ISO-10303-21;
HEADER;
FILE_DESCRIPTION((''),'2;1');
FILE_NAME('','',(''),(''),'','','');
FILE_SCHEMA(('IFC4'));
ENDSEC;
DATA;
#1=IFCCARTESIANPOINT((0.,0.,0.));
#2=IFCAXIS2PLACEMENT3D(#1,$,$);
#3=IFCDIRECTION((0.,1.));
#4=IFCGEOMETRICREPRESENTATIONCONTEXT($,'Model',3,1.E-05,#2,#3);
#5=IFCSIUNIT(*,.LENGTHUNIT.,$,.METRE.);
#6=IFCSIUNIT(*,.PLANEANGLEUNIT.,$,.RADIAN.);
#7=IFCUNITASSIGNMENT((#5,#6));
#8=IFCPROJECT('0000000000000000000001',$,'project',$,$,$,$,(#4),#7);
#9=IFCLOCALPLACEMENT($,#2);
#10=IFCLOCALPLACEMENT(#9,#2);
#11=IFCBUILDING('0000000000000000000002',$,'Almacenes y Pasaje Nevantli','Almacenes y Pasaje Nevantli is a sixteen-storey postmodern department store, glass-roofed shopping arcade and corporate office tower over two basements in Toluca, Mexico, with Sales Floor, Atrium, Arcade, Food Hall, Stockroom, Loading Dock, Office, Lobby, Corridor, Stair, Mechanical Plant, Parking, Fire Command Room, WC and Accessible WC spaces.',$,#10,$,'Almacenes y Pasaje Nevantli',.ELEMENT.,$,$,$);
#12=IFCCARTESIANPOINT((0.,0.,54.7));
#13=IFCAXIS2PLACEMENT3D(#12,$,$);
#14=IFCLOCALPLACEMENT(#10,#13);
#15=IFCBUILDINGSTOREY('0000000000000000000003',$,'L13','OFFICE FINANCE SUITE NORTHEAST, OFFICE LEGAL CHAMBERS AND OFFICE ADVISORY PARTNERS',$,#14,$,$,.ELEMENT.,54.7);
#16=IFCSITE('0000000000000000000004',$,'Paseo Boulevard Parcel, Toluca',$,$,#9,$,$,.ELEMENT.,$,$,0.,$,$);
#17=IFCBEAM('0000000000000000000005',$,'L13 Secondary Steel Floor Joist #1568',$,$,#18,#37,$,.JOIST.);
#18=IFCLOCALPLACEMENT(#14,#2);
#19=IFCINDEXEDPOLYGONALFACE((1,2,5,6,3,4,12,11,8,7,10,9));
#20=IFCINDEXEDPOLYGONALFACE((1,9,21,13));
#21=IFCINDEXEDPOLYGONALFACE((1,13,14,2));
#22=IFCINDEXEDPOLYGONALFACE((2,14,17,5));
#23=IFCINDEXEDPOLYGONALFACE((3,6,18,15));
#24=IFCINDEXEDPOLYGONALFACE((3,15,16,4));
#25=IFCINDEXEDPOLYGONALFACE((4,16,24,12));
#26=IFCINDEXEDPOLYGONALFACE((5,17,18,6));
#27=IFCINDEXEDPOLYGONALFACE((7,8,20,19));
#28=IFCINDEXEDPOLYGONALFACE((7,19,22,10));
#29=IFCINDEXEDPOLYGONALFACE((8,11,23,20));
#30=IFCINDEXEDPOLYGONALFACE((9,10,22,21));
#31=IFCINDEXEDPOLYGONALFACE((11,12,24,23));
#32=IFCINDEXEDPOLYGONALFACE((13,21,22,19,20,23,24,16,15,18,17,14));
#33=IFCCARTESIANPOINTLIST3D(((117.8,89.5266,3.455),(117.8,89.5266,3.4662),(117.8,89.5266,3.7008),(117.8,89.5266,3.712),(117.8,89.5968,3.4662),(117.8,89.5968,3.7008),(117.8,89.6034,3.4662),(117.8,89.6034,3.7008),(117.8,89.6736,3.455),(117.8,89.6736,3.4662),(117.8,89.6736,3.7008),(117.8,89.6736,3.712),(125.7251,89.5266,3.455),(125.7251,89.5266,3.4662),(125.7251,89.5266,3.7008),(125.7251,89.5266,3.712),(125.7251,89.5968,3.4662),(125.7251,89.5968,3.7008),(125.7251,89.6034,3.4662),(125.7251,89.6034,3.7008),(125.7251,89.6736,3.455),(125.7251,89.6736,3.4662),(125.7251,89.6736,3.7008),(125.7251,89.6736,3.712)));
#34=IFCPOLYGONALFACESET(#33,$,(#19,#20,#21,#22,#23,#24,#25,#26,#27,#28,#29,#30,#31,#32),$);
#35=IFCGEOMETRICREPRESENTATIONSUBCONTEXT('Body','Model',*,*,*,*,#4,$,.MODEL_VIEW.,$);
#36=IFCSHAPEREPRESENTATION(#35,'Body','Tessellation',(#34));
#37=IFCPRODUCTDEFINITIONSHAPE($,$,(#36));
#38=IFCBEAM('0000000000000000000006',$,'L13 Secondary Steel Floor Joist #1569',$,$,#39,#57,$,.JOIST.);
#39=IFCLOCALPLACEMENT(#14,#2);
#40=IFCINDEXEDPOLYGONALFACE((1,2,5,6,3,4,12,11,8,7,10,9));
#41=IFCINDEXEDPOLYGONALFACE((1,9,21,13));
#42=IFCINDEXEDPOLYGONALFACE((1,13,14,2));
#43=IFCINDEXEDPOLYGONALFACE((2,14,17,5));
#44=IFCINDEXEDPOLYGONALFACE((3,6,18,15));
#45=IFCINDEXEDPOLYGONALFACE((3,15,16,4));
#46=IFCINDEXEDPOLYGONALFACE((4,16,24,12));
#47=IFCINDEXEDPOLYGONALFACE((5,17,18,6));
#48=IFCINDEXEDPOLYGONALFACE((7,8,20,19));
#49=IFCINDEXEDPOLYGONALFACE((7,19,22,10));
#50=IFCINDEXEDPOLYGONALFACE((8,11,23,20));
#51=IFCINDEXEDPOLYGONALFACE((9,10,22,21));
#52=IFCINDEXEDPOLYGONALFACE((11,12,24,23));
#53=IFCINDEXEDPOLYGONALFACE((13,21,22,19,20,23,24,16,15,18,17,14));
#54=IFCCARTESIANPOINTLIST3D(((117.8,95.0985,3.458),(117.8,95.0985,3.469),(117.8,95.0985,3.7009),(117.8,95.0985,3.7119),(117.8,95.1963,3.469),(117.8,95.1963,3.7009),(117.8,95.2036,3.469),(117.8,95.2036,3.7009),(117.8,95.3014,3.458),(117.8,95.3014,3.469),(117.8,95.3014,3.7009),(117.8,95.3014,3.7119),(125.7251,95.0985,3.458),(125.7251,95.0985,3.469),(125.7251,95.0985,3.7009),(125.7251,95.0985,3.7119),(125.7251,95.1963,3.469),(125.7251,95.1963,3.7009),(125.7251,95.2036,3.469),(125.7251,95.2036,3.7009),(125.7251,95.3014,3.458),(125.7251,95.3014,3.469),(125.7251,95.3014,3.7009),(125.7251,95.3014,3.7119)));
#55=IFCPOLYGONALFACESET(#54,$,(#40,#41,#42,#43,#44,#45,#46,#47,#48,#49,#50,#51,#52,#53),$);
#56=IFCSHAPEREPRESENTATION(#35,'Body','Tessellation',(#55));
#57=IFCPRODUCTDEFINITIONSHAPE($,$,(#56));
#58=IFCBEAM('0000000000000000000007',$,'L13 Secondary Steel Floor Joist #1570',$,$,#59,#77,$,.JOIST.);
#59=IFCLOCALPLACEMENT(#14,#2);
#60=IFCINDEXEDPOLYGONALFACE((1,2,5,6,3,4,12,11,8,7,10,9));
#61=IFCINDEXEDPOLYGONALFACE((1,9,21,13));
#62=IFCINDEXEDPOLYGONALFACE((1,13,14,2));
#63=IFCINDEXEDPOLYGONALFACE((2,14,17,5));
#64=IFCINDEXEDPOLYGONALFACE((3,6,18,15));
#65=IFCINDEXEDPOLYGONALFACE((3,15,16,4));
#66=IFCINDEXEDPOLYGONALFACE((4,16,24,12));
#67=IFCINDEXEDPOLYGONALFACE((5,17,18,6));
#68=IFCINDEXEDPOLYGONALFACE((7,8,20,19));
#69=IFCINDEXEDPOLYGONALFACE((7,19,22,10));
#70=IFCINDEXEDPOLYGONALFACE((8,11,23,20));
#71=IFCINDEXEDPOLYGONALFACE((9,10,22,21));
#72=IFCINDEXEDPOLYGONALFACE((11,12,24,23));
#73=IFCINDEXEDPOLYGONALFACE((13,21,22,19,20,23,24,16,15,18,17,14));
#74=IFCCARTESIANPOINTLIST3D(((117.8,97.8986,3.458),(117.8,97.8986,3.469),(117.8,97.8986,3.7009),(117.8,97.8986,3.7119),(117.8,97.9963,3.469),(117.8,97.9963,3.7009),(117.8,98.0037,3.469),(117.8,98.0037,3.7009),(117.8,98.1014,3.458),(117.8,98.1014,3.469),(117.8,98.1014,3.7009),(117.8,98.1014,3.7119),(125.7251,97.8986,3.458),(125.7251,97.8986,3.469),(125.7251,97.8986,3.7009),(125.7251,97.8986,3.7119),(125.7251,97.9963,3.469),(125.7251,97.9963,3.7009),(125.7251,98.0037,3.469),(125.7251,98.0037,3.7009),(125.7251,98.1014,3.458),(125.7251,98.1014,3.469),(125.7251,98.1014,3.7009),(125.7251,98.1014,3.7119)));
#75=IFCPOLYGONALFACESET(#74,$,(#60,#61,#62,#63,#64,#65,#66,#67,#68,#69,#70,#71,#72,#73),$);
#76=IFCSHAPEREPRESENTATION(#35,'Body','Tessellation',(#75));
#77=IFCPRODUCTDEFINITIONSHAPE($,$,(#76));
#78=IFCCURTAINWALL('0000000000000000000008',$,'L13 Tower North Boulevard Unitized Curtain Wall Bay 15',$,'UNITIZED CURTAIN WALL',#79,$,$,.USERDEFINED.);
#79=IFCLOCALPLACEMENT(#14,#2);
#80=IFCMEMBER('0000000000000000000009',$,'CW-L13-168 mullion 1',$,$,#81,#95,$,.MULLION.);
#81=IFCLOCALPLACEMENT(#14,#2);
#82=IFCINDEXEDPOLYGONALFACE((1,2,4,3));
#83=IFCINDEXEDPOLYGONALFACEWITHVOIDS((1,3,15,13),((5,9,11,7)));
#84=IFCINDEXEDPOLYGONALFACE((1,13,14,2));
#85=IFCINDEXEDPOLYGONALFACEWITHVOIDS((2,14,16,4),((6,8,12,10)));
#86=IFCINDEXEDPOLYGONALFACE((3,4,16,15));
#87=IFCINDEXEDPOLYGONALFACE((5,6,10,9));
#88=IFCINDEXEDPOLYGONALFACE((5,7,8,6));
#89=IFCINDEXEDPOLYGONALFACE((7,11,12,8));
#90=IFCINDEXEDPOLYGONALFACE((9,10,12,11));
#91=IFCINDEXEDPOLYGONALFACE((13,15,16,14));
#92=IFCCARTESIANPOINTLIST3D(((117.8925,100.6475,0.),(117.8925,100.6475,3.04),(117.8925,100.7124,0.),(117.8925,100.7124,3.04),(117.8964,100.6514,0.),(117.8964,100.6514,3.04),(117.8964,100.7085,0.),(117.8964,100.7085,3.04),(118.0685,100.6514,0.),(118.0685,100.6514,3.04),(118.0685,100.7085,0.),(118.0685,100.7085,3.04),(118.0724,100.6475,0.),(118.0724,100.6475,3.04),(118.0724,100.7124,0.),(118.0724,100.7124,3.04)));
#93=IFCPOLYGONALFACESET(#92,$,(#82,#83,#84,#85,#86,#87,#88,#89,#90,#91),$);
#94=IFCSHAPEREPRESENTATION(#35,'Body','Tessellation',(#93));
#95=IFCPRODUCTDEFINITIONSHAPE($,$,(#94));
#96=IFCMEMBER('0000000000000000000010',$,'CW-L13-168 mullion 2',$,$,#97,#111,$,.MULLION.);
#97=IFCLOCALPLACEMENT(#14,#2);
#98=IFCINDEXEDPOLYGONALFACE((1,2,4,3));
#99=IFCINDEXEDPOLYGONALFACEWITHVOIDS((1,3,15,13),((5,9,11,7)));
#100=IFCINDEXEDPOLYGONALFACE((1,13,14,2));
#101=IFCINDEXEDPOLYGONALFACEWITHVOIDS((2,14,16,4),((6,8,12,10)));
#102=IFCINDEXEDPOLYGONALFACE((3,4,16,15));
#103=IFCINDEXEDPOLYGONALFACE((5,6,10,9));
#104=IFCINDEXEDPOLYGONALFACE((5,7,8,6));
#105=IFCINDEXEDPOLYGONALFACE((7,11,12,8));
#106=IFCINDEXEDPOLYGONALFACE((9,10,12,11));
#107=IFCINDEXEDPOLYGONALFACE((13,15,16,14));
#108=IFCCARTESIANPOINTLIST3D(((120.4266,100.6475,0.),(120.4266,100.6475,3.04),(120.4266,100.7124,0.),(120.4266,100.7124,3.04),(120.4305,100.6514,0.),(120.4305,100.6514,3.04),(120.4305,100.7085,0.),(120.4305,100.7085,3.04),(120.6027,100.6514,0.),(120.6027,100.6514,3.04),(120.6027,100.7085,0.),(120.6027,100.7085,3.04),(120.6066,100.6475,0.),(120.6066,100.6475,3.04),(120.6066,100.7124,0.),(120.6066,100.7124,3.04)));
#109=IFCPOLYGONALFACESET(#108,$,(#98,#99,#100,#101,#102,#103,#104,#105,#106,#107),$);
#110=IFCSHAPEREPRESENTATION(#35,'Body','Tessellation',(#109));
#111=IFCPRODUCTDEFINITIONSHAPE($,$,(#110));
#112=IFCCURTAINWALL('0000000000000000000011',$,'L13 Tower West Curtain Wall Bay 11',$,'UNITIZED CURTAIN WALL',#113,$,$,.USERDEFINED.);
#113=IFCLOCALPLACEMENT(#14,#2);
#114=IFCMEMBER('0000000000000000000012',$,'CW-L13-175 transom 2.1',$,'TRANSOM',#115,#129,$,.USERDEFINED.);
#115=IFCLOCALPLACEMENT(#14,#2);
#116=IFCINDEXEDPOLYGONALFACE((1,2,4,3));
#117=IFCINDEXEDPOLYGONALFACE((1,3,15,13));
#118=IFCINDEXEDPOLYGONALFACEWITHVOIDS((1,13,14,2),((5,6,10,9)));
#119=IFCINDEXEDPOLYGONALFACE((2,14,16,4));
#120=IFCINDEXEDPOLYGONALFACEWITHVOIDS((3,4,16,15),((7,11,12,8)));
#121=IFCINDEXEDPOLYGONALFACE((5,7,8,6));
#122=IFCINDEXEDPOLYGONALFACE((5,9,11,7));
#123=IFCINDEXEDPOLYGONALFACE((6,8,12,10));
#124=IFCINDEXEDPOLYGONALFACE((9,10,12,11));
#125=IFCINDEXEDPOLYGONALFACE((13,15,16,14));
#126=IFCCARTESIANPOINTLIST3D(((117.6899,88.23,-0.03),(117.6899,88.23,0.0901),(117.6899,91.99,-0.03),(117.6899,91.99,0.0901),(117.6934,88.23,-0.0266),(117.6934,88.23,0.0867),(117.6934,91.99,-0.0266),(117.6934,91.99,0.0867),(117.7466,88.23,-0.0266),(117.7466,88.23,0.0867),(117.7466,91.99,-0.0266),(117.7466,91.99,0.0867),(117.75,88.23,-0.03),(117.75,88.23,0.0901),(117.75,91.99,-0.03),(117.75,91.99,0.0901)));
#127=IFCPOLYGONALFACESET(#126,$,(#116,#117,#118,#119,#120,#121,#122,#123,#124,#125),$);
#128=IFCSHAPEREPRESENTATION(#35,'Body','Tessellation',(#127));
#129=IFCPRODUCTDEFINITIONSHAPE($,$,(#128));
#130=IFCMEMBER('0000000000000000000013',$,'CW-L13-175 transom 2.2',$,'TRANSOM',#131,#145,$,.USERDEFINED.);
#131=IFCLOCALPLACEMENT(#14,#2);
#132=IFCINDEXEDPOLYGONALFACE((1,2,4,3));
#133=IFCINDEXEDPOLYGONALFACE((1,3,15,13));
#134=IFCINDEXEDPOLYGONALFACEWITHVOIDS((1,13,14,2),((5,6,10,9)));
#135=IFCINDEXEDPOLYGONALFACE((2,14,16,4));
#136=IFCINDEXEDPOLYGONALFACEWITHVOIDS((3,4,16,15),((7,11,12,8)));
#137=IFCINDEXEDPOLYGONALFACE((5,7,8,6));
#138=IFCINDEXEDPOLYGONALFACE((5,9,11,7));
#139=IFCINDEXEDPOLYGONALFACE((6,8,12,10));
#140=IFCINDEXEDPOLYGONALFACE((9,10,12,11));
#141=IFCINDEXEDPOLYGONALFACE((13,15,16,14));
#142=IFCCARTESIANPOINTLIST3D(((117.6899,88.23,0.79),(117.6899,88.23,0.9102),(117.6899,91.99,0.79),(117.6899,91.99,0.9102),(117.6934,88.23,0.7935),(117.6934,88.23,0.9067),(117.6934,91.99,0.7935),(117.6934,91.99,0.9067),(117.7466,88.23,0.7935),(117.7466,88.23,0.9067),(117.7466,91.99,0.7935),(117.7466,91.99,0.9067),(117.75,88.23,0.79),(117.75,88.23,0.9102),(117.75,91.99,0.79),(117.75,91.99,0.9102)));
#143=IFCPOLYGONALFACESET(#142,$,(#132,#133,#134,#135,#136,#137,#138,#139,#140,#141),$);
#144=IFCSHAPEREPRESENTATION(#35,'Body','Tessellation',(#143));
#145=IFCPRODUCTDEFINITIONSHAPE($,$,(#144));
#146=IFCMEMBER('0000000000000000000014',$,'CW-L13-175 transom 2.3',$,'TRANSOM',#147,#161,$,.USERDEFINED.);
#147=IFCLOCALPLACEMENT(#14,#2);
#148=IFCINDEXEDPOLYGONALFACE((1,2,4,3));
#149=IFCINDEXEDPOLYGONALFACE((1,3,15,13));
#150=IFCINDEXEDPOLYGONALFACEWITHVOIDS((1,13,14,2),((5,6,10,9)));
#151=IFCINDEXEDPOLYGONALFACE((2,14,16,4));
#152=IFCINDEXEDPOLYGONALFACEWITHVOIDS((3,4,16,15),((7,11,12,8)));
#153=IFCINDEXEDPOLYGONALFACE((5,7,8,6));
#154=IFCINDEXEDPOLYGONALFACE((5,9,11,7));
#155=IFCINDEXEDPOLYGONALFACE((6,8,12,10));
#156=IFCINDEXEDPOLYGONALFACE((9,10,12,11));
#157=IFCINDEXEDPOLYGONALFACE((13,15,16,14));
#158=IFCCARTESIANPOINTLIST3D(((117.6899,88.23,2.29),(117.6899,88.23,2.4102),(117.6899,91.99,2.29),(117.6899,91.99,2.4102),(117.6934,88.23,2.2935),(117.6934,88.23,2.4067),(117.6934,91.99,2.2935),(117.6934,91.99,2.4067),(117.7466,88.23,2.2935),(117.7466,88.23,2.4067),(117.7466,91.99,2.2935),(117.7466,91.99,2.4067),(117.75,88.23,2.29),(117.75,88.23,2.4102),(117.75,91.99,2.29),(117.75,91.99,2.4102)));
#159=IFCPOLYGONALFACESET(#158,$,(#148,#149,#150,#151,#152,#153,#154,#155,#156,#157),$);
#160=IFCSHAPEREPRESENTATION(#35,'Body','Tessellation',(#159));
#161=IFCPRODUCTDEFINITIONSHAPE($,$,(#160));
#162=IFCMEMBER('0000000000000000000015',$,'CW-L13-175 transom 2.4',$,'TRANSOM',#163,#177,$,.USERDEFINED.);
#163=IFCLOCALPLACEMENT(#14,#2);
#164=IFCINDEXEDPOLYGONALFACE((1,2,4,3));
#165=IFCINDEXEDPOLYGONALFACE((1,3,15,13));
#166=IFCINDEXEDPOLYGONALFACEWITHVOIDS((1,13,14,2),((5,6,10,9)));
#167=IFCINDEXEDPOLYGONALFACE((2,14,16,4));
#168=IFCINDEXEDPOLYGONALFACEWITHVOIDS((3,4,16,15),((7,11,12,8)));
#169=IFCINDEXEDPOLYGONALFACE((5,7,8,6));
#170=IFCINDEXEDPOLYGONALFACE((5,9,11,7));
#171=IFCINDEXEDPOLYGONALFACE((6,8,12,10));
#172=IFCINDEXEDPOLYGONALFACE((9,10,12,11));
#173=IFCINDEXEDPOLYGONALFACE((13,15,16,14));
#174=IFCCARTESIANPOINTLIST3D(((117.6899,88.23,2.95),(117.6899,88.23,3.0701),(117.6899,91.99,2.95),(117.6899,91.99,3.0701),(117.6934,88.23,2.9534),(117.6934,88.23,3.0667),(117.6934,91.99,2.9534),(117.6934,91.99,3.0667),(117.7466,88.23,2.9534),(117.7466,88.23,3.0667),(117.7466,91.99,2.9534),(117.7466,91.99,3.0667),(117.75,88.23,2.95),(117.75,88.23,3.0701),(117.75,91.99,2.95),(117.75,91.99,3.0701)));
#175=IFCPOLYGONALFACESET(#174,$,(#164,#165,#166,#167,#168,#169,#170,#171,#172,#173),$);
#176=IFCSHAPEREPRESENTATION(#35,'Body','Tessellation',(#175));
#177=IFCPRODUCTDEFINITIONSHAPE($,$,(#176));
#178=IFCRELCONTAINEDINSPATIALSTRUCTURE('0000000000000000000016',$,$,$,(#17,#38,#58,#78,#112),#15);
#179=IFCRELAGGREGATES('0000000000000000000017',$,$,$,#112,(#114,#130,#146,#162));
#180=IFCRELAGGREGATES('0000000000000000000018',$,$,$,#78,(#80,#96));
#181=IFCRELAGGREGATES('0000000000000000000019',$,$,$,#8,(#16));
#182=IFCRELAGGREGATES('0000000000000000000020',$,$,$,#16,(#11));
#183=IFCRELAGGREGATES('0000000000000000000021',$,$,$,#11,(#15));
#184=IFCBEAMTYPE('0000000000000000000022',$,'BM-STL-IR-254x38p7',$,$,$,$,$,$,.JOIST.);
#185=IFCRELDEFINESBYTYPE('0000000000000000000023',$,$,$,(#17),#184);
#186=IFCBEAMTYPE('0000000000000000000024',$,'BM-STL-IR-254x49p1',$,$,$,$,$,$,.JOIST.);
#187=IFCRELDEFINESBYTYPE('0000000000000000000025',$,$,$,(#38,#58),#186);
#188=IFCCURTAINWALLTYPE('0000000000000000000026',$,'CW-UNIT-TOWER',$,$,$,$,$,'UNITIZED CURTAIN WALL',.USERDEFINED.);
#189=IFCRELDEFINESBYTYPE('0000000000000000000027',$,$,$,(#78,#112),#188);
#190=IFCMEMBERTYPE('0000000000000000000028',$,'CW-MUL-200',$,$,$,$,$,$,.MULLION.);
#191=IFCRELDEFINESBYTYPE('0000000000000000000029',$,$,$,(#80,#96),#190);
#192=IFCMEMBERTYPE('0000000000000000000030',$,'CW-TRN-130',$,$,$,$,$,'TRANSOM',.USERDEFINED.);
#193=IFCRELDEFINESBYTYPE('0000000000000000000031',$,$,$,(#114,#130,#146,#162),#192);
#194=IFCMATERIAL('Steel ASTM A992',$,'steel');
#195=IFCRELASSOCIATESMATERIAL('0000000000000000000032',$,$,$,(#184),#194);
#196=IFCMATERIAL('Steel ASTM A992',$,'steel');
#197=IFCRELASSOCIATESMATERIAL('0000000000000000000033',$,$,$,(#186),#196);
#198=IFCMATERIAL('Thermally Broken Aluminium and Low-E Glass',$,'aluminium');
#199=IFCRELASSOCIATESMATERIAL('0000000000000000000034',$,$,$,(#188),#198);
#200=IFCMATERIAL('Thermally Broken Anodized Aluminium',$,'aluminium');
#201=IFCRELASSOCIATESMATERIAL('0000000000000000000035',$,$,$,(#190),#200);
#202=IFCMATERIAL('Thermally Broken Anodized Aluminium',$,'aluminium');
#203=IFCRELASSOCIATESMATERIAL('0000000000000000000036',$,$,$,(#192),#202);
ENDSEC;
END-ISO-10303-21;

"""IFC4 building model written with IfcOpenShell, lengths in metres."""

from ifc_helpers import new_model, si_unit, direction, frame, origin, origin_2d, place, context, subcontext, project, spatial, hollow_rectangle, i_section, extrude, material, material_profile, profile_set, type_object, element, aggregate, save


model = new_model("IFC4")

# Units and contexts
model_context = context("Model", 3, precision=1e-05, world=origin(), true_north=direction((0.0, 1.0)))
body_context = subcontext(model_context, "Body", "Model", "MODEL_VIEW")
ifc_project = project(units=[si_unit("LENGTHUNIT", "METRE"), si_unit("PLANEANGLEUNIT", "RADIAN")], contexts=[model_context])

# Site, building, storey
site_placement = place(None, origin())
site = spatial("IfcSite", under=ifc_project, at=site_placement, Name="Paseo Boulevard Parcel, Toluca", CompositionType="ELEMENT", RefElevation=0.0)
building_placement = place(site_placement, origin())
building = spatial("IfcBuilding", under=site, at=building_placement, Name="Almacenes y Pasaje Nevantli", Description="Almacenes y Pasaje Nevantli is a sixteen-storey postmodern department store, glass-roofed shopping arcade and corporate office tower over two basements in Toluca, Mexico, with Sales Floor, Atrium, Arcade, Food Hall, Stockroom, Loading Dock, Office, Lobby, Corridor, Stair, Mechanical Plant, Parking, Fire Command Room, WC and Accessible WC spaces.", LongName="Almacenes y Pasaje Nevantli", CompositionType="ELEMENT")
storey_placement = place(building_placement, frame((0.0, 0.0, 54.7)))
storey = spatial("IfcBuildingStorey", under=building, at=storey_placement, Name="L13", Description="OFFICE FINANCE SUITE NORTHEAST, OFFICE LEGAL CHAMBERS AND OFFICE ADVISORY PARTNERS", CompositionType="ELEMENT", Elevation=54.7)

# Beams
ifc_material_1 = material(Name="Steel ASTM A992", Category="steel")
ifc_material_profile_1 = material_profile(ifc_material_1, i_section(OverallWidth=0.147, OverallDepth=0.2571, WebThickness=0.0066, FlangeThickness=0.0112, at=origin_2d()), Name="IR 254x38.7")
ifc_profile_set_1 = profile_set([ifc_material_profile_1], Name="Steel ASTM A992")
beam_type_1 = type_object("IfcBeamType", Name="BM-STL-IR-254x38p7", PredefinedType="JOIST", material=ifc_profile_set_1)
beam_placement = place(storey_placement, frame((117.8, 89.6001, 3.5835), z_axis=(1.0, 0.0, 0.0), x_axis=(0.0, 1.0, 0.0)))
element("IfcBeam", 1, at=beam_placement, inside=storey, type_object=beam_type_1, Name="L13 Secondary Steel Floor Joist #1568", PredefinedType="JOIST", context=body_context, shape_type="SweptSolid", body=[
    extrude(i_section(OverallWidth=0.147, OverallDepth=0.2571, WebThickness=0.0066, FlangeThickness=0.0112, at=origin_2d()), origin(), (0.0, 0.0, 1.0), 7.925),
])
ifc_material_2 = material(Name="Steel ASTM A992", Category="steel")
ifc_material_profile_2 = material_profile(ifc_material_2, i_section(OverallWidth=0.2029, OverallDepth=0.2539, WebThickness=0.0073, FlangeThickness=0.011, at=origin_2d()), Name="IR 254x49.1")
ifc_profile_set_2 = profile_set([ifc_material_profile_2], Name="Steel ASTM A992")
beam_type_2 = type_object("IfcBeamType", Name="BM-STL-IR-254x49p1", PredefinedType="JOIST", material=ifc_profile_set_2)
for number, where, z_axis, x_axis, name in (
    (2, (117.8, 95.2, 3.585), (1.0, 0.0, 0.0), (0.0, 1.0, 0.0), "L13 Secondary Steel Floor Joist #1569"),
    (3, (117.8, 98.0, 3.585), (1.0, 0.0, 0.0), (0.0, 1.0, 0.0), "L13 Secondary Steel Floor Joist #1570"),
):
    element("IfcBeam", number, at=place(storey_placement, frame(where, z_axis=z_axis, x_axis=x_axis)), inside=storey, type_object=beam_type_2, Name=name, PredefinedType="JOIST", context=body_context, shape_type="SweptSolid", body=[
        extrude(i_section(OverallWidth=0.2029, OverallDepth=0.2539, WebThickness=0.0073, FlangeThickness=0.011, at=origin_2d()), origin(), (0.0, 0.0, 1.0), 7.925),
    ])

# Curtain walls, members
ifc_material_3 = material(Name="Thermally Broken Aluminium and Low-E Glass", Category="aluminium")
curtain_wall_type = type_object("IfcCurtainWallType", Name="CW-UNIT-TOWER", ElementType="UNITIZED CURTAIN WALL", PredefinedType="USERDEFINED", material=ifc_material_3)
curtain_wall_1_placement = place(storey_placement, origin())
curtain_wall_1 = element("IfcCurtainWall", 4, at=curtain_wall_1_placement, inside=storey, type_object=curtain_wall_type, Name="L13 Tower North Boulevard Unitized Curtain Wall Bay 15", ObjectType="UNITIZED CURTAIN WALL", PredefinedType="USERDEFINED")
ifc_material_4 = material(Name="Thermally Broken Anodized Aluminium", Category="aluminium")
ifc_material_profile_3 = material_profile(ifc_material_4, hollow_rectangle(XDim=0.0649, YDim=0.1799, WallThickness=0.0039, at=origin_2d()), Name="ALU-MUL-65x180")
ifc_profile_set_3 = profile_set([ifc_material_profile_3], Name="Thermally Broken Anodized Aluminium")
member_type_1 = type_object("IfcMemberType", Name="CW-MUL-200", PredefinedType="MULLION", material=ifc_profile_set_3)
member_1_placement = place(storey_placement, frame((117.9824, 100.6799, 0.0), z_axis=(0.0, 0.0, 1.0), x_axis=(0.0, 1.0, 0.0)))
member_1 = element("IfcMember", 5, at=member_1_placement, type_object=member_type_1, Name="CW-L13-168 mullion 1", PredefinedType="MULLION", context=body_context, shape_type="SweptSolid", body=[
    extrude(hollow_rectangle(XDim=0.0649, YDim=0.1799, WallThickness=0.0039, at=origin_2d()), origin(), (0.0, 0.0, 1.0), 3.04),
])
member_2_placement = place(storey_placement, frame((120.5166, 100.6799, 0.0), z_axis=(0.0, 0.0, 1.0), x_axis=(0.0, 1.0, 0.0)))
member_2 = element("IfcMember", 6, at=member_2_placement, type_object=member_type_1, Name="CW-L13-168 mullion 2", PredefinedType="MULLION", context=body_context, shape_type="SweptSolid", body=[
    extrude(hollow_rectangle(XDim=0.0649, YDim=0.1799, WallThickness=0.0039, at=origin_2d()), origin(), (0.0, 0.0, 1.0), 3.04),
])
curtain_wall_2_placement = place(storey_placement, origin())
curtain_wall_2 = element("IfcCurtainWall", 7, at=curtain_wall_2_placement, inside=storey, type_object=curtain_wall_type, Name="L13 Tower West Curtain Wall Bay 11", ObjectType="UNITIZED CURTAIN WALL", PredefinedType="USERDEFINED")
ifc_material_5 = material(Name="Thermally Broken Anodized Aluminium", Category="aluminium")
ifc_material_profile_4 = material_profile(ifc_material_5, hollow_rectangle(XDim=0.0601, YDim=0.1201, WallThickness=0.0034, at=origin_2d()), Name="ALU-TRN-60x120")
ifc_profile_set_4 = profile_set([ifc_material_profile_4], Name="Thermally Broken Anodized Aluminium")
member_type_2 = type_object("IfcMemberType", Name="CW-TRN-130", ElementType="TRANSOM", PredefinedType="USERDEFINED", material=ifc_profile_set_4)
member_3_placement = place(storey_placement, frame((117.72, 88.23, 0.03), z_axis=(0.0, 1.0, 0.0), x_axis=(-1.0, 0.0, 0.0)))
member_3 = element("IfcMember", 8, at=member_3_placement, type_object=member_type_2, Name="CW-L13-175 transom 2.1", ObjectType="TRANSOM", PredefinedType="USERDEFINED", context=body_context, shape_type="SweptSolid", body=[
    extrude(hollow_rectangle(XDim=0.0601, YDim=0.1201, WallThickness=0.0034, at=origin_2d()), origin(), (0.0, 0.0, 1.0), 3.76),
])
member_4_placement = place(storey_placement, frame((117.72, 88.23, 0.8501), z_axis=(0.0, 1.0, 0.0), x_axis=(-1.0, 0.0, 0.0)))
member_4 = element("IfcMember", 9, at=member_4_placement, type_object=member_type_2, Name="CW-L13-175 transom 2.2", ObjectType="TRANSOM", PredefinedType="USERDEFINED", context=body_context, shape_type="SweptSolid", body=[
    extrude(hollow_rectangle(XDim=0.0601, YDim=0.1201, WallThickness=0.0034, at=origin_2d()), origin(), (0.0, 0.0, 1.0), 3.76),
])
member_5_placement = place(storey_placement, frame((117.72, 88.23, 2.3501), z_axis=(0.0, 1.0, 0.0), x_axis=(-1.0, 0.0, 0.0)))
member_5 = element("IfcMember", 10, at=member_5_placement, type_object=member_type_2, Name="CW-L13-175 transom 2.3", ObjectType="TRANSOM", PredefinedType="USERDEFINED", context=body_context, shape_type="SweptSolid", body=[
    extrude(hollow_rectangle(XDim=0.0601, YDim=0.1201, WallThickness=0.0034, at=origin_2d()), origin(), (0.0, 0.0, 1.0), 3.76),
])
member_6_placement = place(storey_placement, frame((117.72, 88.23, 3.01), z_axis=(0.0, 1.0, 0.0), x_axis=(-1.0, 0.0, 0.0)))
member_6 = element("IfcMember", 11, at=member_6_placement, type_object=member_type_2, Name="CW-L13-175 transom 2.4", ObjectType="TRANSOM", PredefinedType="USERDEFINED", context=body_context, shape_type="SweptSolid", body=[
    extrude(hollow_rectangle(XDim=0.0601, YDim=0.1201, WallThickness=0.0034, at=origin_2d()), origin(), (0.0, 0.0, 1.0), 3.76),
])

aggregate(curtain_wall_2, [member_3, member_4, member_5, member_6])
aggregate(curtain_wall_1, [member_1, member_2])

save(model, "model.ifc")
